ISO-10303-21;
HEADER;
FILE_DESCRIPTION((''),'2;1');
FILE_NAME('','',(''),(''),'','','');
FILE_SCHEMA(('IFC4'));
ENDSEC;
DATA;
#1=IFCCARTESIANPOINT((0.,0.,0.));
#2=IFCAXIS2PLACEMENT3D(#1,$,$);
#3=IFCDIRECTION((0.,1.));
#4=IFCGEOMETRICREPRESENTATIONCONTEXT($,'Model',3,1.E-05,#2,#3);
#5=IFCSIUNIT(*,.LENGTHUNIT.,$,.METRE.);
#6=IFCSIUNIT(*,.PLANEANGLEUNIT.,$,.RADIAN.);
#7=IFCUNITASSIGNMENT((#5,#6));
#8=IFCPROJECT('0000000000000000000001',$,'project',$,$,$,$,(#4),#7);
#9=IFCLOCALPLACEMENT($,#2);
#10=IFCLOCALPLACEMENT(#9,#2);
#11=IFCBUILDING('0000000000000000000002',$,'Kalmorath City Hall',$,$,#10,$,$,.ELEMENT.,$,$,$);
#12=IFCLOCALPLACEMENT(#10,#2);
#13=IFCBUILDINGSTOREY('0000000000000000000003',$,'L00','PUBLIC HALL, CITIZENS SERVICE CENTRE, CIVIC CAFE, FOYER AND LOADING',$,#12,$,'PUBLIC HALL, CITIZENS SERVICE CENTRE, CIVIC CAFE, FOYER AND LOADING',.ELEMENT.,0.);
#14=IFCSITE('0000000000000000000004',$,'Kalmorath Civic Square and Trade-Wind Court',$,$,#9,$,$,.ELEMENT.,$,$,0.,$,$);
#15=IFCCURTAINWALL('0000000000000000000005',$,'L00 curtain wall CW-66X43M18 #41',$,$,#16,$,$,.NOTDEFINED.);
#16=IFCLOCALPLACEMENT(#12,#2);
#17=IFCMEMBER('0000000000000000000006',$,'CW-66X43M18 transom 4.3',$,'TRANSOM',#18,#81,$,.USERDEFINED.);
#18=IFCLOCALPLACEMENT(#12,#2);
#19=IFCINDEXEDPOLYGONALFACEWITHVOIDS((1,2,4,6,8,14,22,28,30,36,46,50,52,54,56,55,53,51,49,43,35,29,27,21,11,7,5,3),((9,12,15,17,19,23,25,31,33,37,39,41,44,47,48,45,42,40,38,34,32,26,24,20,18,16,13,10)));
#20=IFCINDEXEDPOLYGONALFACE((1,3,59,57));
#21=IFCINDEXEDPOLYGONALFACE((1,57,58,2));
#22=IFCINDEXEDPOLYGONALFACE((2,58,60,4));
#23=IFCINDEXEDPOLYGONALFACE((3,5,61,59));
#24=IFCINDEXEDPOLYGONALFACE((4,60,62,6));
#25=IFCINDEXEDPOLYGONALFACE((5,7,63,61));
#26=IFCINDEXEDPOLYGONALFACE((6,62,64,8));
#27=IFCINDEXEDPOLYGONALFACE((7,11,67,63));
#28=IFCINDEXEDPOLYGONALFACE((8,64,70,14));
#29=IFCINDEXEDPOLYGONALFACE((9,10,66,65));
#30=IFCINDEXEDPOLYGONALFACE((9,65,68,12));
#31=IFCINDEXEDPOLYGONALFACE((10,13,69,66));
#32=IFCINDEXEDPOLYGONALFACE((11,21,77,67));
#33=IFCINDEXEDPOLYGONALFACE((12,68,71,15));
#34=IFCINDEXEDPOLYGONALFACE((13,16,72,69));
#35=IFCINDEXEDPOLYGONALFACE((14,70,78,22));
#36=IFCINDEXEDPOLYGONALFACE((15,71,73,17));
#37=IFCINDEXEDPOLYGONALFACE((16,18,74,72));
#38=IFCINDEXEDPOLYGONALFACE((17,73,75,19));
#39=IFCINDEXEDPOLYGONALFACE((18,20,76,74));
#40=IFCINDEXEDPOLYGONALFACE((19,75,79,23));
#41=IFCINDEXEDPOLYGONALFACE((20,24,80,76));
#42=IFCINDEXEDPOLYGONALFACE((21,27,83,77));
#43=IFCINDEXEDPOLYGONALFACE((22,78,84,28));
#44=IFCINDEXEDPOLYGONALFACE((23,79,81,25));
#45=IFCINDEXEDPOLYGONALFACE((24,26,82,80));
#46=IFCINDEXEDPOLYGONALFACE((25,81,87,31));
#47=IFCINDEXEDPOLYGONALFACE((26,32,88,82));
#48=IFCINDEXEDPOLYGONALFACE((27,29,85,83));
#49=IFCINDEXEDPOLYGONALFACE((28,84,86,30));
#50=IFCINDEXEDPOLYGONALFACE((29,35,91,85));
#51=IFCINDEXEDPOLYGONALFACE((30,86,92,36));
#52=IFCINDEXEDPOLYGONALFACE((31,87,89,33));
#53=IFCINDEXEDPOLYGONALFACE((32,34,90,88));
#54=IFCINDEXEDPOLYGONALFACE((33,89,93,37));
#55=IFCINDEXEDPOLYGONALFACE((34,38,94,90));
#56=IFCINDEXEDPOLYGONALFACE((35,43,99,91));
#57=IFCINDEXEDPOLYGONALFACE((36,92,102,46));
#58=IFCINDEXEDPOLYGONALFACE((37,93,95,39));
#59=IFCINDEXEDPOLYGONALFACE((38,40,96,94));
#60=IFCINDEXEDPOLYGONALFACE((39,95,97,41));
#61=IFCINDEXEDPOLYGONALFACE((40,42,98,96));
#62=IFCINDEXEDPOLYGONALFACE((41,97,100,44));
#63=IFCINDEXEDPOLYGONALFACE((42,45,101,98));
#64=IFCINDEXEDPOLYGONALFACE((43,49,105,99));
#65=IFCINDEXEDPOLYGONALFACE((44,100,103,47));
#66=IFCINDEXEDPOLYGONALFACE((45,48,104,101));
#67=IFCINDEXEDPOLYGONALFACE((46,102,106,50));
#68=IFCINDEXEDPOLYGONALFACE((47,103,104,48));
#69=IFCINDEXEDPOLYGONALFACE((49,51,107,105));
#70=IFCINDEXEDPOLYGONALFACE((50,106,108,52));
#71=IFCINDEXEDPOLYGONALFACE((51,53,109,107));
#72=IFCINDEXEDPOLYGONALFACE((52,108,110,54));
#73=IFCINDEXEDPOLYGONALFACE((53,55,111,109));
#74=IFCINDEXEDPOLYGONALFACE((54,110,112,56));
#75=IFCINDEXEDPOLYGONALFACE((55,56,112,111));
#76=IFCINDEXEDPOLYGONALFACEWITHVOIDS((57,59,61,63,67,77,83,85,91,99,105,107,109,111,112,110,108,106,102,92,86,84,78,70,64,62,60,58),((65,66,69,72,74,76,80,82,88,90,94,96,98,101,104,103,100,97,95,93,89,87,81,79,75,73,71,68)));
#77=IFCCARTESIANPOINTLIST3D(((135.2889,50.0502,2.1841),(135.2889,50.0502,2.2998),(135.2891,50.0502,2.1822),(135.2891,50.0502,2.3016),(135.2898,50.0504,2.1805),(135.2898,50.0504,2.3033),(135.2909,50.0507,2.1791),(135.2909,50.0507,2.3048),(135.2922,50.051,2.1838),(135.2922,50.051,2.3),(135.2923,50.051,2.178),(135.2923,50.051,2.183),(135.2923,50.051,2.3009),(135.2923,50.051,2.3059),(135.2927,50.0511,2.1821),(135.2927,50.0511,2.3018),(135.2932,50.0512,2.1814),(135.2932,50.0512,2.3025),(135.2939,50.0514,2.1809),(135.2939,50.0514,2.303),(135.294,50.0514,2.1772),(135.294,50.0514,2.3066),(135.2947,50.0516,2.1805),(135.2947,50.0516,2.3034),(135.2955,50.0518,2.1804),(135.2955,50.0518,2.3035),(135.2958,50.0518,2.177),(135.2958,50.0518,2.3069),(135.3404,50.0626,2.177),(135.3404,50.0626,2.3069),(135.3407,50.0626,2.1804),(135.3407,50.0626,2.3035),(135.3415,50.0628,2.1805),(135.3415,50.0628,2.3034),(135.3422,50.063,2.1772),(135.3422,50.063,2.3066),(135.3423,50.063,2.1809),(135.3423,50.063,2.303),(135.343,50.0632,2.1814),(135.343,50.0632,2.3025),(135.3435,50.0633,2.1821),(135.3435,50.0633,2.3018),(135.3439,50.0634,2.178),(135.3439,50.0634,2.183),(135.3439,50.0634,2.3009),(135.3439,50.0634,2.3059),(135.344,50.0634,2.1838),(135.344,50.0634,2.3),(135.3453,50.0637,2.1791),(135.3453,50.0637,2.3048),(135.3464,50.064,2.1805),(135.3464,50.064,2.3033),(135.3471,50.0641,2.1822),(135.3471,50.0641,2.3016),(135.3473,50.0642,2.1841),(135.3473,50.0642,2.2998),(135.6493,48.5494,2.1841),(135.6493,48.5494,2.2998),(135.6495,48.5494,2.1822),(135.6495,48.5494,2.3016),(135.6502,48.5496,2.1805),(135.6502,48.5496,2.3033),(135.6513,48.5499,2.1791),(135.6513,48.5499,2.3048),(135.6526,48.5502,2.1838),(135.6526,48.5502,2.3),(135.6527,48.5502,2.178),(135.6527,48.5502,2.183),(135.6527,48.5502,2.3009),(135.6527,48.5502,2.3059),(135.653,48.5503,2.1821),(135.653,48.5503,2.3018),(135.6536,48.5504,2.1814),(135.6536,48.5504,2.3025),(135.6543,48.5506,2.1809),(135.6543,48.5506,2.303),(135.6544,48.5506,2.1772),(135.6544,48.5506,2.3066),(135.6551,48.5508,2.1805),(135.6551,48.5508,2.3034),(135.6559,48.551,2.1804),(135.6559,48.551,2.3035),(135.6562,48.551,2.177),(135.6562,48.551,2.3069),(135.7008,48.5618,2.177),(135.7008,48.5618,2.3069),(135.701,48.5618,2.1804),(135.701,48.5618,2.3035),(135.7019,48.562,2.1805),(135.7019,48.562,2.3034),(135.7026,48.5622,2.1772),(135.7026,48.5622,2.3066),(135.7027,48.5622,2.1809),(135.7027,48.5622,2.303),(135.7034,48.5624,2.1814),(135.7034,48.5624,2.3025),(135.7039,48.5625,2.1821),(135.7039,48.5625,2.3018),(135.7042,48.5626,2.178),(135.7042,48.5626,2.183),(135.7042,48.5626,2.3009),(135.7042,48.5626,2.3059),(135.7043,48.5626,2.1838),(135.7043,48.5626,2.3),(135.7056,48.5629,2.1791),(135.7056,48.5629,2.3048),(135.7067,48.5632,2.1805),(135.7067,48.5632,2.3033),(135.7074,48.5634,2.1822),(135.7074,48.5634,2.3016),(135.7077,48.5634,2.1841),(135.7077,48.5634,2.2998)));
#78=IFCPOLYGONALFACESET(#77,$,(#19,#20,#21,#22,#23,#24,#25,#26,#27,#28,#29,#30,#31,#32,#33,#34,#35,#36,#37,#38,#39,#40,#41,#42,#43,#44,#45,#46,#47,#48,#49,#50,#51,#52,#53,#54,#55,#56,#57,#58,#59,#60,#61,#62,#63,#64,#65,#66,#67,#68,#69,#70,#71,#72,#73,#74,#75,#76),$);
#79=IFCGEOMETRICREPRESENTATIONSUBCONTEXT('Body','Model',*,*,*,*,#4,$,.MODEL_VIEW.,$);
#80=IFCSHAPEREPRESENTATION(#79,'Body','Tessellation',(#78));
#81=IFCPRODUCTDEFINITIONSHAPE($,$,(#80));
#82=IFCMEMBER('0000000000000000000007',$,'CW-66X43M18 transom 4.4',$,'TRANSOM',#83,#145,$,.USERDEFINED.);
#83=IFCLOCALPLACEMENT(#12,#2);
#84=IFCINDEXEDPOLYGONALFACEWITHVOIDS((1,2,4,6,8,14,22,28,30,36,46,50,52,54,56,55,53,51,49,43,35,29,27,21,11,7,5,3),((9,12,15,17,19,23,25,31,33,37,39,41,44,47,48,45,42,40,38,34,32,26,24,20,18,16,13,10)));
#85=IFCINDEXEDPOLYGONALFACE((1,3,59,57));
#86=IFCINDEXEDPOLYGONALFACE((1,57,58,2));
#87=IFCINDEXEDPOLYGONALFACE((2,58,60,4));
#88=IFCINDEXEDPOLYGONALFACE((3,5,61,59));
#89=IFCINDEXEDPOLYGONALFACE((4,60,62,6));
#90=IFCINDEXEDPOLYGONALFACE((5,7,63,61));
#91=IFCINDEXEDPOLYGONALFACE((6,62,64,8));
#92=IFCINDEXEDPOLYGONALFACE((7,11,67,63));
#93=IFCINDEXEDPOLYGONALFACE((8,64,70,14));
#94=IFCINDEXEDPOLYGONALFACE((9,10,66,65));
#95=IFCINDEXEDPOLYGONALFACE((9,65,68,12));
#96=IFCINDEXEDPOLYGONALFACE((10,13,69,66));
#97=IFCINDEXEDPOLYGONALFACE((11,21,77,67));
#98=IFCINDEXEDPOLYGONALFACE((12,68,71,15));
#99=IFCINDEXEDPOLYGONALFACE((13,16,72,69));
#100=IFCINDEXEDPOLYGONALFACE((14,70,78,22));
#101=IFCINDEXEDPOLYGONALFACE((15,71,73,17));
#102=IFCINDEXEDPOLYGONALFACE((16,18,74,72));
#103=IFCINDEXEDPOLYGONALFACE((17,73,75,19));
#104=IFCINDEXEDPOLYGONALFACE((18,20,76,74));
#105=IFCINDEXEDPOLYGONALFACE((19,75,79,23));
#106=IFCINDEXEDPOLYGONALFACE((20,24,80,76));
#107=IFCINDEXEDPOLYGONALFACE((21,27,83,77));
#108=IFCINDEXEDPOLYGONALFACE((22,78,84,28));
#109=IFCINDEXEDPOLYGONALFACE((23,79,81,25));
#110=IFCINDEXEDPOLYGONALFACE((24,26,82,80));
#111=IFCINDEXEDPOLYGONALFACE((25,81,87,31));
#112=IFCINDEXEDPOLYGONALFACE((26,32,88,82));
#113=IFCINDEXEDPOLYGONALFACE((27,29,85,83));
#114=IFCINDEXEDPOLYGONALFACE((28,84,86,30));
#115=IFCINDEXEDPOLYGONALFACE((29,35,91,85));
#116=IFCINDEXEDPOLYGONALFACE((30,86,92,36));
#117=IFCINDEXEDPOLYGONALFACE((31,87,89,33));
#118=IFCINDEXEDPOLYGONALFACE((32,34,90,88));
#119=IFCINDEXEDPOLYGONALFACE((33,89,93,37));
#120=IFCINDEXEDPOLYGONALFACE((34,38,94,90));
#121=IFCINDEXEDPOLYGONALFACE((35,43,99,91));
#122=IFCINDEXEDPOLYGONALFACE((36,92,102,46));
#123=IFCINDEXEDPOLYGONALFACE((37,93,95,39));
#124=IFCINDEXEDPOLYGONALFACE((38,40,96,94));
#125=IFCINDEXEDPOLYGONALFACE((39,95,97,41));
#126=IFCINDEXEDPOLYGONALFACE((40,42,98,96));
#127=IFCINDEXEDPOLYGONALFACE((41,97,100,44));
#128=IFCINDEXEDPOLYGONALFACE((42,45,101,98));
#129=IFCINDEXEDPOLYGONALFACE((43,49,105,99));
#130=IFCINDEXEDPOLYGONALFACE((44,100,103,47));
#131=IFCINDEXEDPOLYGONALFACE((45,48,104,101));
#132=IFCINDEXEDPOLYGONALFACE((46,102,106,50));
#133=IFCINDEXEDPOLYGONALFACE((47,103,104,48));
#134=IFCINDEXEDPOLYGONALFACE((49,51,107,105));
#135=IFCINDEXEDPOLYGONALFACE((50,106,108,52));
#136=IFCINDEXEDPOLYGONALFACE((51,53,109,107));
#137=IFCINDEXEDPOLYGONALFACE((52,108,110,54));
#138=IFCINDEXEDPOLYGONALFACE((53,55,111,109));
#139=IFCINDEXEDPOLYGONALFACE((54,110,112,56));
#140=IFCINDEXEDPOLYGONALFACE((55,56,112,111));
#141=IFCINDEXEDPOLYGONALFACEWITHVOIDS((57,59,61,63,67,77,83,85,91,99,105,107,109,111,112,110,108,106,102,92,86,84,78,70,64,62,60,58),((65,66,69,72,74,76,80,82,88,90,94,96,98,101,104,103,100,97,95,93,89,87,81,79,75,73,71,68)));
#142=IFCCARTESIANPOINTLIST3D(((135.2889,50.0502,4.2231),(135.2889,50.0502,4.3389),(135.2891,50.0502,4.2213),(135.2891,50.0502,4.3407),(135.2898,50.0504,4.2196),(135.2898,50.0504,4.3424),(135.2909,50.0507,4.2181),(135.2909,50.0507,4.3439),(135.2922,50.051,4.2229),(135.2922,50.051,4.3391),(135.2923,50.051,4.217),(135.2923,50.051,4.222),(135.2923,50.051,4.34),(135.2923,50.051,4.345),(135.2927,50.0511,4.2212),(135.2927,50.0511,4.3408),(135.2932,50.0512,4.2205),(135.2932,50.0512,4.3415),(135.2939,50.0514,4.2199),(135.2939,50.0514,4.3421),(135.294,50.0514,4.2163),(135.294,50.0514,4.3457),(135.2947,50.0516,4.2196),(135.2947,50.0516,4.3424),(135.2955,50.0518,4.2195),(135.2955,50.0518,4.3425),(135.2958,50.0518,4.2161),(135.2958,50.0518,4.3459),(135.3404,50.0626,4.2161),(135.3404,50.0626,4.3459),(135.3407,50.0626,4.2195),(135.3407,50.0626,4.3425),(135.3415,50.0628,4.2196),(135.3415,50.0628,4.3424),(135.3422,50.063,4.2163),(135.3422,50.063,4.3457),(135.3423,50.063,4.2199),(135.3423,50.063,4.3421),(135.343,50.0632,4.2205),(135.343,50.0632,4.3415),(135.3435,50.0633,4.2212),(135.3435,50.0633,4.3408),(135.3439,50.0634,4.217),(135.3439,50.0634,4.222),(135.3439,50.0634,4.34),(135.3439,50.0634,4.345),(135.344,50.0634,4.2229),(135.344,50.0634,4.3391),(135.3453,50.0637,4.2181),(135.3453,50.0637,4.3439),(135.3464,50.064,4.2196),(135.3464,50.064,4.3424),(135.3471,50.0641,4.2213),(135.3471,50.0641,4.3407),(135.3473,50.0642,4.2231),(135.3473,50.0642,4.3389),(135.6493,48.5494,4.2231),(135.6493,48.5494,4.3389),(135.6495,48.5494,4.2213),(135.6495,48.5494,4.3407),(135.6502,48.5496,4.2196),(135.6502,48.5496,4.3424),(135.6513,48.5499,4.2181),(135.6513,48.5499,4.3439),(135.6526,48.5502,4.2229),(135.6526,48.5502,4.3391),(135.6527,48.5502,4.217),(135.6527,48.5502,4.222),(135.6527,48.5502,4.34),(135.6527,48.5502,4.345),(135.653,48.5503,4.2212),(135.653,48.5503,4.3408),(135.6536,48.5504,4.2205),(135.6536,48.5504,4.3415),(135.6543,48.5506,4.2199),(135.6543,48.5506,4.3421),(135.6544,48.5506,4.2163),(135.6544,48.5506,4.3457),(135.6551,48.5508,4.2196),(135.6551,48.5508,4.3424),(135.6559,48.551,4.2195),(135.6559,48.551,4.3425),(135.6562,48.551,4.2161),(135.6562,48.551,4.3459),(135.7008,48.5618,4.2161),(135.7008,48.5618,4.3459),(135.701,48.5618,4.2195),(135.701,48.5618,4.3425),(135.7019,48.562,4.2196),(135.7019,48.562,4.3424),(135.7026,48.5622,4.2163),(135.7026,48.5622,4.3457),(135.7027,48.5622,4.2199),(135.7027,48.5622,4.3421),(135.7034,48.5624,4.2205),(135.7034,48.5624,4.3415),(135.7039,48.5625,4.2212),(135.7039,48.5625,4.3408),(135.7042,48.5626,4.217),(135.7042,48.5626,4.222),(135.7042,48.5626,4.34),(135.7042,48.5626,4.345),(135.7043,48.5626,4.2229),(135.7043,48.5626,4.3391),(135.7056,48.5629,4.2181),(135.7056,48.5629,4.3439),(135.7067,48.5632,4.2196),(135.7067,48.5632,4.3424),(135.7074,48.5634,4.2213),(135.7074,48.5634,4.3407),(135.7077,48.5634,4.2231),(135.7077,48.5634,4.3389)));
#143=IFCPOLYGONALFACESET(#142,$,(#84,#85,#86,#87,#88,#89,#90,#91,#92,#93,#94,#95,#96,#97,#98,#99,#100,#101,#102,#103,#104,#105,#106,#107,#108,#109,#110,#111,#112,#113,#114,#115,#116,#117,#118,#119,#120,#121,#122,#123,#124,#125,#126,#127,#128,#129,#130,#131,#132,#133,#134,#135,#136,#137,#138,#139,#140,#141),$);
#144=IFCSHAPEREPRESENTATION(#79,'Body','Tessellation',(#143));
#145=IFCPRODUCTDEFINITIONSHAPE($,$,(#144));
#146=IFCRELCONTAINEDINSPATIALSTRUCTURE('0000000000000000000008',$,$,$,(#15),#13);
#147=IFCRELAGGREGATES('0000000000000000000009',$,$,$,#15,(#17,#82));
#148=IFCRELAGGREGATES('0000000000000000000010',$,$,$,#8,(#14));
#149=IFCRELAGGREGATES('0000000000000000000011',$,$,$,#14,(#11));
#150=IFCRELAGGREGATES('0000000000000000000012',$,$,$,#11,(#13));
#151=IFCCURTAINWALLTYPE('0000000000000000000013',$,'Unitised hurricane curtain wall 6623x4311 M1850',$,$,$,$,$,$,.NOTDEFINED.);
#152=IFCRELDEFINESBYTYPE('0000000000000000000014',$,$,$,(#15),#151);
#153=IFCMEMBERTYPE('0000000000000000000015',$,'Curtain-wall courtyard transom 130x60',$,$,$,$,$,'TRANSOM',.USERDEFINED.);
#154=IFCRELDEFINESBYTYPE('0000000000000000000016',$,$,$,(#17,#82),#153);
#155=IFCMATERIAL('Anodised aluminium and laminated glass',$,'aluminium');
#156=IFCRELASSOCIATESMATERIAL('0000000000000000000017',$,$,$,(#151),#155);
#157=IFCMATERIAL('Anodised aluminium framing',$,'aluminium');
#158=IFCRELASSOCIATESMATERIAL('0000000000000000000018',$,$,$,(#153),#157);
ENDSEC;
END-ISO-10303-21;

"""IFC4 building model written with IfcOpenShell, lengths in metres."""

from ifc_helpers import new_model, si_unit, direction, frame, origin, origin_2d, place, context, subcontext, project, spatial, hollow_rectangle, extrude, material, material_profile, profile_set, type_object, element, aggregate, save


model = new_model("IFC4")

# Units and contexts
model_context = context("Model", 3, precision=1e-05, world=origin(), true_north=direction((0.0, 1.0)))
body_context = subcontext(model_context, "Body", "Model", "MODEL_VIEW")
ifc_project = project(units=[si_unit("LENGTHUNIT", "METRE"), si_unit("PLANEANGLEUNIT", "RADIAN")], contexts=[model_context])

# Site, building, storey
site_placement = place(None, origin())
site = spatial("IfcSite", under=ifc_project, at=site_placement, Name="Kalmorath Civic Square and Trade-Wind Court", CompositionType="ELEMENT", RefElevation=0.0)
building_placement = place(site_placement, origin())
building = spatial("IfcBuilding", under=site, at=building_placement, Name="Kalmorath City Hall", CompositionType="ELEMENT")
storey_placement = place(building_placement, origin())
storey = spatial("IfcBuildingStorey", under=building, at=storey_placement, Name="L00", Description="PUBLIC HALL, CITIZENS SERVICE CENTRE, CIVIC CAFE, FOYER AND LOADING", LongName="PUBLIC HALL, CITIZENS SERVICE CENTRE, CIVIC CAFE, FOYER AND LOADING", CompositionType="ELEMENT", Elevation=0.0)

# Curtain wall, members
ifc_material_1 = material(Name="Anodised aluminium and laminated glass", Category="aluminium")
curtain_wall_type_1 = type_object("IfcCurtainWallType", Name="Unitised hurricane curtain wall 6623x4311 M1850", PredefinedType="NOTDEFINED", material=ifc_material_1)
curtain_wall_1_placement = place(storey_placement, origin())
curtain_wall_1 = element("IfcCurtainWall", 1, at=curtain_wall_1_placement, inside=storey, type_object=curtain_wall_type_1, Name="L00 curtain wall CW-66X43M18 #41", PredefinedType="NOTDEFINED")
ifc_material_2 = material(Name="Anodised aluminium framing", Category="aluminium")
ifc_material_profile_1 = material_profile(ifc_material_2, hollow_rectangle(XDim=0.0601, YDim=0.1299, WallThickness=0.0034, InnerFilletRadius=0.0034, OuterFilletRadius=0.0071, at=origin_2d()), Name="ALU-TRN-130X60X3.5")
ifc_profile_set_1 = profile_set([ifc_material_profile_1], Name="Anodised aluminium framing")
member_type_1 = type_object("IfcMemberType", Name="Curtain-wall courtyard transom 130x60", ElementType="TRANSOM", PredefinedType="USERDEFINED", material=ifc_profile_set_1)
member_1_placement = place(storey_placement, frame((135.6785, 48.5564, 2.2419), z_axis=(-0.233481, 0.972361, 0.0), x_axis=(-0.972361, -0.233481, 0.0)))
member_1 = element("IfcMember", 2, at=member_1_placement, type_object=member_type_1, Name="CW-66X43M18 transom 4.3", ObjectType="TRANSOM", PredefinedType="USERDEFINED", context=body_context, shape_type="SweptSolid", body=[
    extrude(hollow_rectangle(XDim=0.0601, YDim=0.1299, WallThickness=0.0034, InnerFilletRadius=0.0034, OuterFilletRadius=0.0071, at=origin_2d()), origin(), (0.0, 0.0, 1.0), 1.5435),
])
member_2_placement = place(storey_placement, frame((135.6785, 48.5564, 4.281), z_axis=(-0.233481, 0.972361, 0.0), x_axis=(-0.972361, -0.233481, 0.0)))
member_2 = element("IfcMember", 3, at=member_2_placement, type_object=member_type_1, Name="CW-66X43M18 transom 4.4", ObjectType="TRANSOM", PredefinedType="USERDEFINED", context=body_context, shape_type="SweptSolid", body=[
    extrude(hollow_rectangle(XDim=0.0601, YDim=0.1299, WallThickness=0.0034, InnerFilletRadius=0.0034, OuterFilletRadius=0.0071, at=origin_2d()), origin(), (0.0, 0.0, 1.0), 1.5435),
])

aggregate(curtain_wall_1, [member_1, member_2])

save(model, "model.ifc")
